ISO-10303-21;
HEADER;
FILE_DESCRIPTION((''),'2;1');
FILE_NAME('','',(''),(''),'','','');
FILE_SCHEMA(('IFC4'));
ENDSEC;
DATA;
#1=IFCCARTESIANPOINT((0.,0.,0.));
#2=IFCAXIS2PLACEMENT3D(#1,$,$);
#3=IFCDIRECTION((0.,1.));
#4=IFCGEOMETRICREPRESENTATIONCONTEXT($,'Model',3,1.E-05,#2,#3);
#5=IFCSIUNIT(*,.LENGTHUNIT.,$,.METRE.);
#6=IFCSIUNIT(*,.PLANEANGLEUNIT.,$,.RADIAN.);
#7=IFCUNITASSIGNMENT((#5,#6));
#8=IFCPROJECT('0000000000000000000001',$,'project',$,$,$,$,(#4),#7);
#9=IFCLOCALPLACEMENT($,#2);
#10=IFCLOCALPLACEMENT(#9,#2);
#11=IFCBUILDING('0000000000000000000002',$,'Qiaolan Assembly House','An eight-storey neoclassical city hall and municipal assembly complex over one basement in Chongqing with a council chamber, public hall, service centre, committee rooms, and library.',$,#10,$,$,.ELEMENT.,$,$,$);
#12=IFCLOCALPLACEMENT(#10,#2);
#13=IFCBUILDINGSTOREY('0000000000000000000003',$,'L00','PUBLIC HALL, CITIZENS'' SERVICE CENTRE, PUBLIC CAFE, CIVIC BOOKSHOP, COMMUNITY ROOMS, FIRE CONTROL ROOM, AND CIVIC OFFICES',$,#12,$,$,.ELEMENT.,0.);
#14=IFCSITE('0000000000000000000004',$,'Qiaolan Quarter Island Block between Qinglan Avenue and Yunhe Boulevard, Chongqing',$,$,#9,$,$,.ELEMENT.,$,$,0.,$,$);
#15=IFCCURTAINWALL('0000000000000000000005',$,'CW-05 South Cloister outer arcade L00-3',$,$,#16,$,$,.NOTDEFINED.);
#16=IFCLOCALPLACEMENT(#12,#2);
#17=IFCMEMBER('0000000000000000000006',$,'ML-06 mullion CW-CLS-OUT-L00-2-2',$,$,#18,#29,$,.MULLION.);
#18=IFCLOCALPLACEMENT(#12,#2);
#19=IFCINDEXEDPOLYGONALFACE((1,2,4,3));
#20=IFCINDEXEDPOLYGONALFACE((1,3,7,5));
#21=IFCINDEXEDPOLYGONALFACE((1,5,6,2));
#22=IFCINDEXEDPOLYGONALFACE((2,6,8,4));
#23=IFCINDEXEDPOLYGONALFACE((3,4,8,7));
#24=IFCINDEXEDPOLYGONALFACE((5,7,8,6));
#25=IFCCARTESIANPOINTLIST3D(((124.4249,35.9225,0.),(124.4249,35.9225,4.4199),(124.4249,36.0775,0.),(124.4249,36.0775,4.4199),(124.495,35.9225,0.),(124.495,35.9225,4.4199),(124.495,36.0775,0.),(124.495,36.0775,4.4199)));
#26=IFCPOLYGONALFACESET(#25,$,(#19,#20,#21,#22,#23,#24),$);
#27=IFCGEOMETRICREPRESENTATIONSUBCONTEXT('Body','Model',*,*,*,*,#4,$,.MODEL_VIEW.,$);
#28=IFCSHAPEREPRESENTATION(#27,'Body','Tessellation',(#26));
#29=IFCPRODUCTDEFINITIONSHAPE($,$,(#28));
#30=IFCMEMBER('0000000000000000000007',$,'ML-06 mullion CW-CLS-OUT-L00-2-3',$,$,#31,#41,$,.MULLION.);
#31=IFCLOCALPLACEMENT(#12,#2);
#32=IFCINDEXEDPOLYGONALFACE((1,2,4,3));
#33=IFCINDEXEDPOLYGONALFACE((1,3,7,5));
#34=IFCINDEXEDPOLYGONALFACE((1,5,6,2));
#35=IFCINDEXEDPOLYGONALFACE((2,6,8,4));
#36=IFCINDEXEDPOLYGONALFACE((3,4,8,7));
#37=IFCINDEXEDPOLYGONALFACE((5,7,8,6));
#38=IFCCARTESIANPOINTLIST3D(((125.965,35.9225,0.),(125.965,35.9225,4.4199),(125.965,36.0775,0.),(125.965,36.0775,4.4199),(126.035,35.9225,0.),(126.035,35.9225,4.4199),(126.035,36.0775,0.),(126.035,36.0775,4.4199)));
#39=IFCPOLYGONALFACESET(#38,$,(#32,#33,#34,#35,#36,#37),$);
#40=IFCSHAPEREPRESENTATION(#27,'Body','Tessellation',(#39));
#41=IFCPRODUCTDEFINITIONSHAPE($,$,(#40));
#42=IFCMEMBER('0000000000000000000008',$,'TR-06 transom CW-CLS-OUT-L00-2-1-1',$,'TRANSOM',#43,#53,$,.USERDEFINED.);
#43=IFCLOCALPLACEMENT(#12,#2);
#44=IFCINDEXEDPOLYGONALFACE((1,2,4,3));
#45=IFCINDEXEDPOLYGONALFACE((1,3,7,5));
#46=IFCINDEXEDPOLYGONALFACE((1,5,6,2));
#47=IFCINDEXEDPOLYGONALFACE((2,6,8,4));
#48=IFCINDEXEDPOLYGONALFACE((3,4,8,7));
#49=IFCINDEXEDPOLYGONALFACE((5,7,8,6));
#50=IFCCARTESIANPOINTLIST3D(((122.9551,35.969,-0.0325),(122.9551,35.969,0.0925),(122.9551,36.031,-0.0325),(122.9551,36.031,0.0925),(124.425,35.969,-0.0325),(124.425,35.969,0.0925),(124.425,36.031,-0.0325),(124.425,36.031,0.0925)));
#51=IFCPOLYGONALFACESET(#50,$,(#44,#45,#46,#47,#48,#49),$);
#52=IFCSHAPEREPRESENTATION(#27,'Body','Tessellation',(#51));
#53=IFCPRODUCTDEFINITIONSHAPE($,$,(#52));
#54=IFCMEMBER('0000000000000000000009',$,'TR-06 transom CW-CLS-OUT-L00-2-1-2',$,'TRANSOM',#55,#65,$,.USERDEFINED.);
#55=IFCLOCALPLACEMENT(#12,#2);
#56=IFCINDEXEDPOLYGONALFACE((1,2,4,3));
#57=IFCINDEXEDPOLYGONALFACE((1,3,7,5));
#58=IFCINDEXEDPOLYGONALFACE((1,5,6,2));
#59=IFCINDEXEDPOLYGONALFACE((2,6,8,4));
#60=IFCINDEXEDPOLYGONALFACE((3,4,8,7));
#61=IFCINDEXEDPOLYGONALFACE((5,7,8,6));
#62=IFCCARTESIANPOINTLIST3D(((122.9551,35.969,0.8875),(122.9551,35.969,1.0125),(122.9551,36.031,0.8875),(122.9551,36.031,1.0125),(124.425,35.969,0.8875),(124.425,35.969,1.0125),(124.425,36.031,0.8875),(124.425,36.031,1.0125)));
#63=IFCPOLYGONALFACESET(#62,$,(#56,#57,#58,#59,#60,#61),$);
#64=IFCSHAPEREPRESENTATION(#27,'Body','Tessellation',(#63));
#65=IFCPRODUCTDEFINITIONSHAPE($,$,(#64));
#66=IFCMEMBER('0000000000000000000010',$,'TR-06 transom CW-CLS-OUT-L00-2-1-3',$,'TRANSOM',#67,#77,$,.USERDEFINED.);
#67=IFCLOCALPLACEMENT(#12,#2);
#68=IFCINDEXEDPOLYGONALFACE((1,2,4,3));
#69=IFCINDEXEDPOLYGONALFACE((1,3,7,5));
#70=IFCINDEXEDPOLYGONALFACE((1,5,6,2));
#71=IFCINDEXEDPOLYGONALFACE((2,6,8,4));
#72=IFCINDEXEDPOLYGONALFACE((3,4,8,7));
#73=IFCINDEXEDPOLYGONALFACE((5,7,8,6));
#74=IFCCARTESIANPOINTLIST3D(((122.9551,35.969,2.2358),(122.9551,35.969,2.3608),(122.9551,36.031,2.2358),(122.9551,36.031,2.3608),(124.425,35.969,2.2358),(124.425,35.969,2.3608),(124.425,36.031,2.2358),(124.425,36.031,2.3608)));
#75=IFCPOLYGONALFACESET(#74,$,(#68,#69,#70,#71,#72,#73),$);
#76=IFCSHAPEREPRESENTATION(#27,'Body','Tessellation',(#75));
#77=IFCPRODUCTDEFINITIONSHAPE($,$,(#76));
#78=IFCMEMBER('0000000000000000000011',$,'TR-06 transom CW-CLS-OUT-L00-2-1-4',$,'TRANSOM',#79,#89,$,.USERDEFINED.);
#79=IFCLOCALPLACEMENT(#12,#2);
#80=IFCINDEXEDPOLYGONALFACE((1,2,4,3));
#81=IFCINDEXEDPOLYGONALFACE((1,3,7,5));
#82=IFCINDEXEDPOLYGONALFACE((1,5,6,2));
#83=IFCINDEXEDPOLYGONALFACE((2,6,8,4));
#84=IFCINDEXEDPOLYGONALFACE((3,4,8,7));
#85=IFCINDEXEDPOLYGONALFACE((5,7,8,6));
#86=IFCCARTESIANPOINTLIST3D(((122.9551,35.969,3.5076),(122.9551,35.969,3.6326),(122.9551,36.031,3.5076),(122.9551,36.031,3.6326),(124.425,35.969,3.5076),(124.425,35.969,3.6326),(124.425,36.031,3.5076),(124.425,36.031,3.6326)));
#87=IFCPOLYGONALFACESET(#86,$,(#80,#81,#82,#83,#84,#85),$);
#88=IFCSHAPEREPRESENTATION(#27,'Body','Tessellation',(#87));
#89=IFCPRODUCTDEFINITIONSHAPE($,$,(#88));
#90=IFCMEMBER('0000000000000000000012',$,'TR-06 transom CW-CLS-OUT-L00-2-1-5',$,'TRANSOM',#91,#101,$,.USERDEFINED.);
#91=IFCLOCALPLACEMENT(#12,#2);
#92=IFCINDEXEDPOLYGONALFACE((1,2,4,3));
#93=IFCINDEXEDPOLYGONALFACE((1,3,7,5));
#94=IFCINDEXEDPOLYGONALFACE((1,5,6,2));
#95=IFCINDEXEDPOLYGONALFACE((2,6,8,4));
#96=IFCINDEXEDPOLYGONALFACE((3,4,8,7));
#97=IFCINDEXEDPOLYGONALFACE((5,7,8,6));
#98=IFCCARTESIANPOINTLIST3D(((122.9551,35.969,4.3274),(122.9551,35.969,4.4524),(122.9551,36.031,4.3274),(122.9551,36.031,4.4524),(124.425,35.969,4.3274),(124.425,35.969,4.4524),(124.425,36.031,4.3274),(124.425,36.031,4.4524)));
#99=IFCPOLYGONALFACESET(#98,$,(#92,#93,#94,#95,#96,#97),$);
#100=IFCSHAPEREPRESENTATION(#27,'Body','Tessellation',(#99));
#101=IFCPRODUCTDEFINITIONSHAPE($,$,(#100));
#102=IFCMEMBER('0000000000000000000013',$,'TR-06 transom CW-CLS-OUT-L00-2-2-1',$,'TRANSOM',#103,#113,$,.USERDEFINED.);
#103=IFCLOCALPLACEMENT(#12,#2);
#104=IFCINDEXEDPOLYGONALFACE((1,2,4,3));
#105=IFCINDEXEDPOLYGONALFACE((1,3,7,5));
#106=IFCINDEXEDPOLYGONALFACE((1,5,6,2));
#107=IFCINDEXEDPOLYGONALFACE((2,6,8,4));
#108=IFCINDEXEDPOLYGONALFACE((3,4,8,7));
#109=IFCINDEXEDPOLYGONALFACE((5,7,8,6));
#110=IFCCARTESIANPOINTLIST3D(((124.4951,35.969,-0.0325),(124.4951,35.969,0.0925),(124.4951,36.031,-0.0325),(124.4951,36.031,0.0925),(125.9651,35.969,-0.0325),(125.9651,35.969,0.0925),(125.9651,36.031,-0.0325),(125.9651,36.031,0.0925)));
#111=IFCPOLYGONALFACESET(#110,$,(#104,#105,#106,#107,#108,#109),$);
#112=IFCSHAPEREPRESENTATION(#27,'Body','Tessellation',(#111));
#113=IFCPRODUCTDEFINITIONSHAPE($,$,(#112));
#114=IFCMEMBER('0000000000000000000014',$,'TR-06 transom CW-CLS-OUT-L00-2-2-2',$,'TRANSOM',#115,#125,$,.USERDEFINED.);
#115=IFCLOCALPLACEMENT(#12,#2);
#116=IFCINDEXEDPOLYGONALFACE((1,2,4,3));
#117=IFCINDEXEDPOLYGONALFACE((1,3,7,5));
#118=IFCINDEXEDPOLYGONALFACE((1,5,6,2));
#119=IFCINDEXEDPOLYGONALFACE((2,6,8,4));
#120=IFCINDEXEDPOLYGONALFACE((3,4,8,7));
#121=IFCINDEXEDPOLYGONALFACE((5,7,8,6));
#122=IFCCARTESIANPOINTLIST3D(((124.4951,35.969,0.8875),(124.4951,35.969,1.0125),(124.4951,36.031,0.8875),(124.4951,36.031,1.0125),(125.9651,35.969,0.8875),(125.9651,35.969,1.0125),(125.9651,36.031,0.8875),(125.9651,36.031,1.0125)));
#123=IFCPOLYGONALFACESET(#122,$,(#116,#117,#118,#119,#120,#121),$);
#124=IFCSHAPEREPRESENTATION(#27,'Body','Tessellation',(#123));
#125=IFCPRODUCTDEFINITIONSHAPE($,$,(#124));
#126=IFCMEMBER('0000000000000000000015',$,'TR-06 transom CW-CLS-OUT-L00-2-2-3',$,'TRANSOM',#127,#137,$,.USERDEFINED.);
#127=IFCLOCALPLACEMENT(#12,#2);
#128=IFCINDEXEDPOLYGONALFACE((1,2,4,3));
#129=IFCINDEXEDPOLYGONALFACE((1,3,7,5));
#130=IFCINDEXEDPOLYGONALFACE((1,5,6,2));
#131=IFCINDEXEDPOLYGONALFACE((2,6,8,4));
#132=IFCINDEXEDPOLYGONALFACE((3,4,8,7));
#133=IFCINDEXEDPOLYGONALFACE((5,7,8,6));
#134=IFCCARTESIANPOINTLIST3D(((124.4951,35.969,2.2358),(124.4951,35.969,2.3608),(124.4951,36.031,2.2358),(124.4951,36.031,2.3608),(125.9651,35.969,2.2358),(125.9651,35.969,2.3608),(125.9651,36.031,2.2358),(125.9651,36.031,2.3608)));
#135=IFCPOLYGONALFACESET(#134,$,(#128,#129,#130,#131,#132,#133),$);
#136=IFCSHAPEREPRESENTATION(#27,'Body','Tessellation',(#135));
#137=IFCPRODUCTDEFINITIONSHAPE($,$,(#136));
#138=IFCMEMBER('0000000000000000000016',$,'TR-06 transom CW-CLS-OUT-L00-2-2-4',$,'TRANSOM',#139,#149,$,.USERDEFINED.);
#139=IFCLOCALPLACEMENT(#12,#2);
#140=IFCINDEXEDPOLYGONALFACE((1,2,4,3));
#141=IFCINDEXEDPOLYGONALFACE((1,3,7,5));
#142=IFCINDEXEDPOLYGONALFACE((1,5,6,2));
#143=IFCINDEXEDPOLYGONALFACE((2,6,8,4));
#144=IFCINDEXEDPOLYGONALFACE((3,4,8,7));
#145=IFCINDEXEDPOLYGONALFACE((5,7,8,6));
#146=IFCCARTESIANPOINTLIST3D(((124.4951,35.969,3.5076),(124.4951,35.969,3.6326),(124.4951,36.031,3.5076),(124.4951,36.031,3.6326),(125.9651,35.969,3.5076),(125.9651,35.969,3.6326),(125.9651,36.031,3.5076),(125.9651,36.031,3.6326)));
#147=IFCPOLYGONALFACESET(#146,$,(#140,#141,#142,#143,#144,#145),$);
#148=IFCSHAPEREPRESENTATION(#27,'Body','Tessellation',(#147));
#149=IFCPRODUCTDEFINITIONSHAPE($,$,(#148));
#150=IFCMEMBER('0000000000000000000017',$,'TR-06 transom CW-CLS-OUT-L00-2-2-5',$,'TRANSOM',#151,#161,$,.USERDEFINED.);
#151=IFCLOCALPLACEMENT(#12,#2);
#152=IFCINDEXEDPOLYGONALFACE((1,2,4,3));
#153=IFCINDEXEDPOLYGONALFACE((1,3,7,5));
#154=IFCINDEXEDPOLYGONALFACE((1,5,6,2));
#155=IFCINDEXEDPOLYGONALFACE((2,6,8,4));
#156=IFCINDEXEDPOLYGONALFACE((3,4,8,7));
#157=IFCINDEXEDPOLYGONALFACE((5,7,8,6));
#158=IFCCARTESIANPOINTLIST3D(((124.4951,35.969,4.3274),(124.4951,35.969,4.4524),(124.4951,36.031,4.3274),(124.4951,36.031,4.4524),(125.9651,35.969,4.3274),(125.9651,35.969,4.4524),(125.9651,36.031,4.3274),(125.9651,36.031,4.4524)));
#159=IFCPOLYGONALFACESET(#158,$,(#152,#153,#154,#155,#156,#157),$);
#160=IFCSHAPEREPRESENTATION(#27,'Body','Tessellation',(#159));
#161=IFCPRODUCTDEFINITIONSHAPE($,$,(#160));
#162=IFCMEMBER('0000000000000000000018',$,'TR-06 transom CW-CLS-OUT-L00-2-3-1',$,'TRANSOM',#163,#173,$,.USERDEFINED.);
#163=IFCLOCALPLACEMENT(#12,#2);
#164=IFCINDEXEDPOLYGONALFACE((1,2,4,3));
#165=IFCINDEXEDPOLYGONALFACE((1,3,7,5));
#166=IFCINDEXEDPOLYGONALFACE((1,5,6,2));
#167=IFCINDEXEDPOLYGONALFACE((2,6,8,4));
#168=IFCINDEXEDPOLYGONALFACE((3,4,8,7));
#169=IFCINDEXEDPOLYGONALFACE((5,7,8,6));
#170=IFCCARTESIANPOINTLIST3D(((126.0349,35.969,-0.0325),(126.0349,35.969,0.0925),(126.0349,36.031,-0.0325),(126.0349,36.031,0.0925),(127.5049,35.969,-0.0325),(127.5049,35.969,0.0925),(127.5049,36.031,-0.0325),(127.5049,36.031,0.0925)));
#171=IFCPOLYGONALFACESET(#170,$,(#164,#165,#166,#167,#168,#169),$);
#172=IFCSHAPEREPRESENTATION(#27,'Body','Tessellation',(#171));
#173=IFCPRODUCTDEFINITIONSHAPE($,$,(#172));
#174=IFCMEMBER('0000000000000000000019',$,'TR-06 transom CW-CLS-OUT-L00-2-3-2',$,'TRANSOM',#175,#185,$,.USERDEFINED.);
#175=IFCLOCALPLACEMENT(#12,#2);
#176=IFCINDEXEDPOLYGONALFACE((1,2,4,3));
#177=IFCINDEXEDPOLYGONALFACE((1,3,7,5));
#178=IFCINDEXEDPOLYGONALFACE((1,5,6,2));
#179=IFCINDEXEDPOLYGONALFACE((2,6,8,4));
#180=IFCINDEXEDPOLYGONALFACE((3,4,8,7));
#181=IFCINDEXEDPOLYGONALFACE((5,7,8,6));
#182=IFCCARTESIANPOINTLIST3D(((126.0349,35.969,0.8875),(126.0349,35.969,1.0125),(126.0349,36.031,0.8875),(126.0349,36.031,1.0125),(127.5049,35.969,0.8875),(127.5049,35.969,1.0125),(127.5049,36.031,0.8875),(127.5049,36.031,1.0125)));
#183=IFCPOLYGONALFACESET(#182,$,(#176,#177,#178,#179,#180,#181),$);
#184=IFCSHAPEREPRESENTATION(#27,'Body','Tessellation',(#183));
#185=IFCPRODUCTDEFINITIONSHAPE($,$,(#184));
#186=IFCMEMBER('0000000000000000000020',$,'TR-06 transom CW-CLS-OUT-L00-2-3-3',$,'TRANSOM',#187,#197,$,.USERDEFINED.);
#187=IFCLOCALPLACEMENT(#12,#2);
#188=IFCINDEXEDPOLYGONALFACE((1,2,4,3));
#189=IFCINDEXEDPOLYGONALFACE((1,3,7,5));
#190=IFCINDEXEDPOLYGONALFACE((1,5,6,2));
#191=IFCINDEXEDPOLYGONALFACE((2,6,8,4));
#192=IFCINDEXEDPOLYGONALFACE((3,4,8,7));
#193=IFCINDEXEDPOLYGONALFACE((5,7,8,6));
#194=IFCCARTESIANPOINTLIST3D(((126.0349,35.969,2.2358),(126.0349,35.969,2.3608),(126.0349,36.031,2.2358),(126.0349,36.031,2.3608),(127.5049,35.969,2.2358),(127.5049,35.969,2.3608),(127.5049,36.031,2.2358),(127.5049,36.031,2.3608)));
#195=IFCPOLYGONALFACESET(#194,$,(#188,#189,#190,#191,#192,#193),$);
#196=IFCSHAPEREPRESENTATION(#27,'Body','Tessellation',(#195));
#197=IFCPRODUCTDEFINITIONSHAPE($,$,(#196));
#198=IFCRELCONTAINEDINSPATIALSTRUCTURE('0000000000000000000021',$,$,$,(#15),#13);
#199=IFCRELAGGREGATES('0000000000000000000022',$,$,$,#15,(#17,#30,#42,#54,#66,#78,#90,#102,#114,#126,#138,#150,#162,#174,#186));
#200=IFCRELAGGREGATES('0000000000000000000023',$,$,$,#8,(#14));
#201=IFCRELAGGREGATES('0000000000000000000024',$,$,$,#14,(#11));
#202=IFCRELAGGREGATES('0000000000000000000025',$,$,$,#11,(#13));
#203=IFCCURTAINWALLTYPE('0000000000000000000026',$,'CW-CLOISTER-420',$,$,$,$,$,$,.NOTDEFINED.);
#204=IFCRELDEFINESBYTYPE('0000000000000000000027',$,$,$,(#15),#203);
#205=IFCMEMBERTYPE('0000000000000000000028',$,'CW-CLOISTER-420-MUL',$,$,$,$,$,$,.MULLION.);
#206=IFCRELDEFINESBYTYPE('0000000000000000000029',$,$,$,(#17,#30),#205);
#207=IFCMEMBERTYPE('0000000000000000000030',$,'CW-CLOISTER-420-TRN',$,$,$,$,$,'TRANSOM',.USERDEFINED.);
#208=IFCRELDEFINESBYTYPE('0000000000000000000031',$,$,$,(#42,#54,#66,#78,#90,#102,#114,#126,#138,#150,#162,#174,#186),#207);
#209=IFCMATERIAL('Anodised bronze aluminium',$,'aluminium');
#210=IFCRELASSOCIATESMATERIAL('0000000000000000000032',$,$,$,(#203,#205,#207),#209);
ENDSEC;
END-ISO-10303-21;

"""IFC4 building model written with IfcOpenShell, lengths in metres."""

from ifc_helpers import new_model, si_unit, direction, frame, origin, origin_2d, place, context, subcontext, project, spatial, rectangle, extrude, material, material_profile, profile_set, type_object, element, aggregate, save


model = new_model("IFC4")

# Units and contexts
model_context = context("Model", 3, precision=1e-05, world=origin(), true_north=direction((0.0, 1.0)))
body_context = subcontext(model_context, "Body", "Model", "MODEL_VIEW")
ifc_project = project(units=[si_unit("LENGTHUNIT", "METRE"), si_unit("PLANEANGLEUNIT", "RADIAN")], contexts=[model_context])

# Site, building, storey
site_placement = place(None, origin())
site = spatial("IfcSite", under=ifc_project, at=site_placement, Name="Qiaolan Quarter Island Block between Qinglan Avenue and Yunhe Boulevard, Chongqing", CompositionType="ELEMENT", RefElevation=0.0)
building_placement = place(site_placement, origin())
building = spatial("IfcBuilding", under=site, at=building_placement, Name="Qiaolan Assembly House", Description="An eight-storey neoclassical city hall and municipal assembly complex over one basement in Chongqing with a council chamber, public hall, service centre, committee rooms, and library.", CompositionType="ELEMENT")
storey_placement = place(building_placement, origin())
storey = spatial("IfcBuildingStorey", under=building, at=storey_placement, Name="L00", Description="PUBLIC HALL, CITIZENS' SERVICE CENTRE, PUBLIC CAFE, CIVIC BOOKSHOP, COMMUNITY ROOMS, FIRE CONTROL ROOM, AND CIVIC OFFICES", CompositionType="ELEMENT", Elevation=0.0)

# Curtain wall, members
ifc_material_1 = material(Name="Anodised bronze aluminium", Category="aluminium")
curtain_wall_type = type_object("IfcCurtainWallType", Name="CW-CLOISTER-420", PredefinedType="NOTDEFINED", material=ifc_material_1)
curtain_wall_placement = place(storey_placement, origin())
curtain_wall = element("IfcCurtainWall", 1, at=curtain_wall_placement, inside=storey, type_object=curtain_wall_type, Name="CW-05 South Cloister outer arcade L00-3", PredefinedType="NOTDEFINED")
ifc_material_profile_1 = material_profile(ifc_material_1, rectangle(XDim=0.0701, YDim=0.155, at=origin_2d()), Name="MUL 70x155")
ifc_profile_set_1 = profile_set([ifc_material_profile_1], Name="Anodised bronze aluminium")
member_type_1 = type_object("IfcMemberType", Name="CW-CLOISTER-420-MUL", PredefinedType="MULLION", material=ifc_profile_set_1)
member_1_placement = place(storey_placement, frame((124.46, 36.0, 0.0), z_axis=(0.0, 0.0, 1.0), x_axis=(1.0, 0.0, 0.0)))
member_1 = element("IfcMember", 2, at=member_1_placement, type_object=member_type_1, Name="ML-06 mullion CW-CLS-OUT-L00-2-2", PredefinedType="MULLION", context=body_context, shape_type="SweptSolid", body=[
    extrude(rectangle(XDim=0.0701, YDim=0.155, at=origin_2d()), origin(), (0.0, 0.0, 1.0), 4.4199),
])
member_2_placement = place(storey_placement, frame((126.0, 36.0, 0.0), z_axis=(0.0, 0.0, 1.0), x_axis=(1.0, 0.0, 0.0)))
member_2 = element("IfcMember", 3, at=member_2_placement, type_object=member_type_1, Name="ML-06 mullion CW-CLS-OUT-L00-2-3", PredefinedType="MULLION", context=body_context, shape_type="SweptSolid", body=[
    extrude(rectangle(XDim=0.0701, YDim=0.155, at=origin_2d()), origin(), (0.0, 0.0, 1.0), 4.4199),
])
ifc_material_profile_2 = material_profile(ifc_material_1, rectangle(XDim=0.062, YDim=0.125, at=origin_2d()), Name="TRN 62x125")
ifc_profile_set_2 = profile_set([ifc_material_profile_2], Name="Anodised bronze aluminium")
member_type_2 = type_object("IfcMemberType", Name="CW-CLOISTER-420-TRN", ElementType="TRANSOM", PredefinedType="USERDEFINED", material=ifc_profile_set_2)
member_3_placement = place(storey_placement, frame((122.9551, 36.0, 0.03), z_axis=(1.0, 0.0, 0.0), x_axis=(0.0, 1.0, 0.0)))
member_3 = element("IfcMember", 4, at=member_3_placement, type_object=member_type_2, Name="TR-06 transom CW-CLS-OUT-L00-2-1-1", ObjectType="TRANSOM", PredefinedType="USERDEFINED", context=body_context, shape_type="SweptSolid", body=[
    extrude(rectangle(XDim=0.062, YDim=0.125, at=origin_2d()), origin(), (0.0, 0.0, 1.0), 1.47),
])
member_4_placement = place(storey_placement, frame((122.9551, 36.0, 0.95), z_axis=(1.0, 0.0, 0.0), x_axis=(0.0, 1.0, 0.0)))
member_4 = element("IfcMember", 5, at=member_4_placement, type_object=member_type_2, Name="TR-06 transom CW-CLS-OUT-L00-2-1-2", ObjectType="TRANSOM", PredefinedType="USERDEFINED", context=body_context, shape_type="SweptSolid", body=[
    extrude(rectangle(XDim=0.062, YDim=0.125, at=origin_2d()), origin(), (0.0, 0.0, 1.0), 1.47),
])
member_5_placement = place(storey_placement, frame((122.9551, 36.0, 2.2983), z_axis=(1.0, 0.0, 0.0), x_axis=(0.0, 1.0, 0.0)))
member_5 = element("IfcMember", 6, at=member_5_placement, type_object=member_type_2, Name="TR-06 transom CW-CLS-OUT-L00-2-1-3", ObjectType="TRANSOM", PredefinedType="USERDEFINED", context=body_context, shape_type="SweptSolid", body=[
    extrude(rectangle(XDim=0.062, YDim=0.125, at=origin_2d()), origin(), (0.0, 0.0, 1.0), 1.47),
])
member_6_placement = place(storey_placement, frame((122.9551, 36.0, 3.5701), z_axis=(1.0, 0.0, 0.0), x_axis=(0.0, 1.0, 0.0)))
member_6 = element("IfcMember", 7, at=member_6_placement, type_object=member_type_2, Name="TR-06 transom CW-CLS-OUT-L00-2-1-4", ObjectType="TRANSOM", PredefinedType="USERDEFINED", context=body_context, shape_type="SweptSolid", body=[
    extrude(rectangle(XDim=0.062, YDim=0.125, at=origin_2d()), origin(), (0.0, 0.0, 1.0), 1.47),
])
member_7_placement = place(storey_placement, frame((122.9551, 36.0, 4.3899), z_axis=(1.0, 0.0, 0.0), x_axis=(0.0, 1.0, 0.0)))
member_7 = element("IfcMember", 8, at=member_7_placement, type_object=member_type_2, Name="TR-06 transom CW-CLS-OUT-L00-2-1-5", ObjectType="TRANSOM", PredefinedType="USERDEFINED", context=body_context, shape_type="SweptSolid", body=[
    extrude(rectangle(XDim=0.062, YDim=0.125, at=origin_2d()), origin(), (0.0, 0.0, 1.0), 1.47),
])
member_8_placement = place(storey_placement, frame((124.4951, 36.0, 0.03), z_axis=(1.0, 0.0, 0.0), x_axis=(0.0, 1.0, 0.0)))
member_8 = element("IfcMember", 9, at=member_8_placement, type_object=member_type_2, Name="TR-06 transom CW-CLS-OUT-L00-2-2-1", ObjectType="TRANSOM", PredefinedType="USERDEFINED", context=body_context, shape_type="SweptSolid", body=[
    extrude(rectangle(XDim=0.062, YDim=0.125, at=origin_2d()), origin(), (0.0, 0.0, 1.0), 1.47),
])
member_9_placement = place(storey_placement, frame((124.4951, 36.0, 0.95), z_axis=(1.0, 0.0, 0.0), x_axis=(0.0, 1.0, 0.0)))
member_9 = element("IfcMember", 10, at=member_9_placement, type_object=member_type_2, Name="TR-06 transom CW-CLS-OUT-L00-2-2-2", ObjectType="TRANSOM", PredefinedType="USERDEFINED", context=body_context, shape_type="SweptSolid", body=[
    extrude(rectangle(XDim=0.062, YDim=0.125, at=origin_2d()), origin(), (0.0, 0.0, 1.0), 1.47),
])
member_10_placement = place(storey_placement, frame((124.4951, 36.0, 2.2983), z_axis=(1.0, 0.0, 0.0), x_axis=(0.0, 1.0, 0.0)))
member_10 = element("IfcMember", 11, at=member_10_placement, type_object=member_type_2, Name="TR-06 transom CW-CLS-OUT-L00-2-2-3", ObjectType="TRANSOM", PredefinedType="USERDEFINED", context=body_context, shape_type="SweptSolid", body=[
    extrude(rectangle(XDim=0.062, YDim=0.125, at=origin_2d()), origin(), (0.0, 0.0, 1.0), 1.47),
])
member_11_placement = place(storey_placement, frame((124.4951, 36.0, 3.5701), z_axis=(1.0, 0.0, 0.0), x_axis=(0.0, 1.0, 0.0)))
member_11 = element("IfcMember", 12, at=member_11_placement, type_object=member_type_2, Name="TR-06 transom CW-CLS-OUT-L00-2-2-4", ObjectType="TRANSOM", PredefinedType="USERDEFINED", context=body_context, shape_type="SweptSolid", body=[
    extrude(rectangle(XDim=0.062, YDim=0.125, at=origin_2d()), origin(), (0.0, 0.0, 1.0), 1.47),
])
member_12_placement = place(storey_placement, frame((124.4951, 36.0, 4.3899), z_axis=(1.0, 0.0, 0.0), x_axis=(0.0, 1.0, 0.0)))
member_12 = element("IfcMember", 13, at=member_12_placement, type_object=member_type_2, Name="TR-06 transom CW-CLS-OUT-L00-2-2-5", ObjectType="TRANSOM", PredefinedType="USERDEFINED", context=body_context, shape_type="SweptSolid", body=[
    extrude(rectangle(XDim=0.062, YDim=0.125, at=origin_2d()), origin(), (0.0, 0.0, 1.0), 1.47),
])
member_13_placement = place(storey_placement, frame((126.0349, 36.0, 0.03), z_axis=(1.0, 0.0, 0.0), x_axis=(0.0, 1.0, 0.0)))
member_13 = element("IfcMember", 14, at=member_13_placement, type_object=member_type_2, Name="TR-06 transom CW-CLS-OUT-L00-2-3-1", ObjectType="TRANSOM", PredefinedType="USERDEFINED", context=body_context, shape_type="SweptSolid", body=[
    extrude(rectangle(XDim=0.062, YDim=0.125, at=origin_2d()), origin(), (0.0, 0.0, 1.0), 1.47),
])
member_14_placement = place(storey_placement, frame((126.0349, 36.0, 0.95), z_axis=(1.0, 0.0, 0.0), x_axis=(0.0, 1.0, 0.0)))
member_14 = element("IfcMember", 15, at=member_14_placement, type_object=member_type_2, Name="TR-06 transom CW-CLS-OUT-L00-2-3-2", ObjectType="TRANSOM", PredefinedType="USERDEFINED", context=body_context, shape_type="SweptSolid", body=[
    extrude(rectangle(XDim=0.062, YDim=0.125, at=origin_2d()), origin(), (0.0, 0.0, 1.0), 1.47),
])
member_15_placement = place(storey_placement, frame((126.0349, 36.0, 2.2983), z_axis=(1.0, 0.0, 0.0), x_axis=(0.0, 1.0, 0.0)))
member_15 = element("IfcMember", 16, at=member_15_placement, type_object=member_type_2, Name="TR-06 transom CW-CLS-OUT-L00-2-3-3", ObjectType="TRANSOM", PredefinedType="USERDEFINED", context=body_context, shape_type="SweptSolid", body=[
    extrude(rectangle(XDim=0.062, YDim=0.125, at=origin_2d()), origin(), (0.0, 0.0, 1.0), 1.47),
])
aggregate(curtain_wall, [member_1, member_2, member_3, member_4, member_5, member_6, member_7, member_8, member_9, member_10, member_11, member_12, member_13, member_14, member_15])

save(model, "model.ifc")
